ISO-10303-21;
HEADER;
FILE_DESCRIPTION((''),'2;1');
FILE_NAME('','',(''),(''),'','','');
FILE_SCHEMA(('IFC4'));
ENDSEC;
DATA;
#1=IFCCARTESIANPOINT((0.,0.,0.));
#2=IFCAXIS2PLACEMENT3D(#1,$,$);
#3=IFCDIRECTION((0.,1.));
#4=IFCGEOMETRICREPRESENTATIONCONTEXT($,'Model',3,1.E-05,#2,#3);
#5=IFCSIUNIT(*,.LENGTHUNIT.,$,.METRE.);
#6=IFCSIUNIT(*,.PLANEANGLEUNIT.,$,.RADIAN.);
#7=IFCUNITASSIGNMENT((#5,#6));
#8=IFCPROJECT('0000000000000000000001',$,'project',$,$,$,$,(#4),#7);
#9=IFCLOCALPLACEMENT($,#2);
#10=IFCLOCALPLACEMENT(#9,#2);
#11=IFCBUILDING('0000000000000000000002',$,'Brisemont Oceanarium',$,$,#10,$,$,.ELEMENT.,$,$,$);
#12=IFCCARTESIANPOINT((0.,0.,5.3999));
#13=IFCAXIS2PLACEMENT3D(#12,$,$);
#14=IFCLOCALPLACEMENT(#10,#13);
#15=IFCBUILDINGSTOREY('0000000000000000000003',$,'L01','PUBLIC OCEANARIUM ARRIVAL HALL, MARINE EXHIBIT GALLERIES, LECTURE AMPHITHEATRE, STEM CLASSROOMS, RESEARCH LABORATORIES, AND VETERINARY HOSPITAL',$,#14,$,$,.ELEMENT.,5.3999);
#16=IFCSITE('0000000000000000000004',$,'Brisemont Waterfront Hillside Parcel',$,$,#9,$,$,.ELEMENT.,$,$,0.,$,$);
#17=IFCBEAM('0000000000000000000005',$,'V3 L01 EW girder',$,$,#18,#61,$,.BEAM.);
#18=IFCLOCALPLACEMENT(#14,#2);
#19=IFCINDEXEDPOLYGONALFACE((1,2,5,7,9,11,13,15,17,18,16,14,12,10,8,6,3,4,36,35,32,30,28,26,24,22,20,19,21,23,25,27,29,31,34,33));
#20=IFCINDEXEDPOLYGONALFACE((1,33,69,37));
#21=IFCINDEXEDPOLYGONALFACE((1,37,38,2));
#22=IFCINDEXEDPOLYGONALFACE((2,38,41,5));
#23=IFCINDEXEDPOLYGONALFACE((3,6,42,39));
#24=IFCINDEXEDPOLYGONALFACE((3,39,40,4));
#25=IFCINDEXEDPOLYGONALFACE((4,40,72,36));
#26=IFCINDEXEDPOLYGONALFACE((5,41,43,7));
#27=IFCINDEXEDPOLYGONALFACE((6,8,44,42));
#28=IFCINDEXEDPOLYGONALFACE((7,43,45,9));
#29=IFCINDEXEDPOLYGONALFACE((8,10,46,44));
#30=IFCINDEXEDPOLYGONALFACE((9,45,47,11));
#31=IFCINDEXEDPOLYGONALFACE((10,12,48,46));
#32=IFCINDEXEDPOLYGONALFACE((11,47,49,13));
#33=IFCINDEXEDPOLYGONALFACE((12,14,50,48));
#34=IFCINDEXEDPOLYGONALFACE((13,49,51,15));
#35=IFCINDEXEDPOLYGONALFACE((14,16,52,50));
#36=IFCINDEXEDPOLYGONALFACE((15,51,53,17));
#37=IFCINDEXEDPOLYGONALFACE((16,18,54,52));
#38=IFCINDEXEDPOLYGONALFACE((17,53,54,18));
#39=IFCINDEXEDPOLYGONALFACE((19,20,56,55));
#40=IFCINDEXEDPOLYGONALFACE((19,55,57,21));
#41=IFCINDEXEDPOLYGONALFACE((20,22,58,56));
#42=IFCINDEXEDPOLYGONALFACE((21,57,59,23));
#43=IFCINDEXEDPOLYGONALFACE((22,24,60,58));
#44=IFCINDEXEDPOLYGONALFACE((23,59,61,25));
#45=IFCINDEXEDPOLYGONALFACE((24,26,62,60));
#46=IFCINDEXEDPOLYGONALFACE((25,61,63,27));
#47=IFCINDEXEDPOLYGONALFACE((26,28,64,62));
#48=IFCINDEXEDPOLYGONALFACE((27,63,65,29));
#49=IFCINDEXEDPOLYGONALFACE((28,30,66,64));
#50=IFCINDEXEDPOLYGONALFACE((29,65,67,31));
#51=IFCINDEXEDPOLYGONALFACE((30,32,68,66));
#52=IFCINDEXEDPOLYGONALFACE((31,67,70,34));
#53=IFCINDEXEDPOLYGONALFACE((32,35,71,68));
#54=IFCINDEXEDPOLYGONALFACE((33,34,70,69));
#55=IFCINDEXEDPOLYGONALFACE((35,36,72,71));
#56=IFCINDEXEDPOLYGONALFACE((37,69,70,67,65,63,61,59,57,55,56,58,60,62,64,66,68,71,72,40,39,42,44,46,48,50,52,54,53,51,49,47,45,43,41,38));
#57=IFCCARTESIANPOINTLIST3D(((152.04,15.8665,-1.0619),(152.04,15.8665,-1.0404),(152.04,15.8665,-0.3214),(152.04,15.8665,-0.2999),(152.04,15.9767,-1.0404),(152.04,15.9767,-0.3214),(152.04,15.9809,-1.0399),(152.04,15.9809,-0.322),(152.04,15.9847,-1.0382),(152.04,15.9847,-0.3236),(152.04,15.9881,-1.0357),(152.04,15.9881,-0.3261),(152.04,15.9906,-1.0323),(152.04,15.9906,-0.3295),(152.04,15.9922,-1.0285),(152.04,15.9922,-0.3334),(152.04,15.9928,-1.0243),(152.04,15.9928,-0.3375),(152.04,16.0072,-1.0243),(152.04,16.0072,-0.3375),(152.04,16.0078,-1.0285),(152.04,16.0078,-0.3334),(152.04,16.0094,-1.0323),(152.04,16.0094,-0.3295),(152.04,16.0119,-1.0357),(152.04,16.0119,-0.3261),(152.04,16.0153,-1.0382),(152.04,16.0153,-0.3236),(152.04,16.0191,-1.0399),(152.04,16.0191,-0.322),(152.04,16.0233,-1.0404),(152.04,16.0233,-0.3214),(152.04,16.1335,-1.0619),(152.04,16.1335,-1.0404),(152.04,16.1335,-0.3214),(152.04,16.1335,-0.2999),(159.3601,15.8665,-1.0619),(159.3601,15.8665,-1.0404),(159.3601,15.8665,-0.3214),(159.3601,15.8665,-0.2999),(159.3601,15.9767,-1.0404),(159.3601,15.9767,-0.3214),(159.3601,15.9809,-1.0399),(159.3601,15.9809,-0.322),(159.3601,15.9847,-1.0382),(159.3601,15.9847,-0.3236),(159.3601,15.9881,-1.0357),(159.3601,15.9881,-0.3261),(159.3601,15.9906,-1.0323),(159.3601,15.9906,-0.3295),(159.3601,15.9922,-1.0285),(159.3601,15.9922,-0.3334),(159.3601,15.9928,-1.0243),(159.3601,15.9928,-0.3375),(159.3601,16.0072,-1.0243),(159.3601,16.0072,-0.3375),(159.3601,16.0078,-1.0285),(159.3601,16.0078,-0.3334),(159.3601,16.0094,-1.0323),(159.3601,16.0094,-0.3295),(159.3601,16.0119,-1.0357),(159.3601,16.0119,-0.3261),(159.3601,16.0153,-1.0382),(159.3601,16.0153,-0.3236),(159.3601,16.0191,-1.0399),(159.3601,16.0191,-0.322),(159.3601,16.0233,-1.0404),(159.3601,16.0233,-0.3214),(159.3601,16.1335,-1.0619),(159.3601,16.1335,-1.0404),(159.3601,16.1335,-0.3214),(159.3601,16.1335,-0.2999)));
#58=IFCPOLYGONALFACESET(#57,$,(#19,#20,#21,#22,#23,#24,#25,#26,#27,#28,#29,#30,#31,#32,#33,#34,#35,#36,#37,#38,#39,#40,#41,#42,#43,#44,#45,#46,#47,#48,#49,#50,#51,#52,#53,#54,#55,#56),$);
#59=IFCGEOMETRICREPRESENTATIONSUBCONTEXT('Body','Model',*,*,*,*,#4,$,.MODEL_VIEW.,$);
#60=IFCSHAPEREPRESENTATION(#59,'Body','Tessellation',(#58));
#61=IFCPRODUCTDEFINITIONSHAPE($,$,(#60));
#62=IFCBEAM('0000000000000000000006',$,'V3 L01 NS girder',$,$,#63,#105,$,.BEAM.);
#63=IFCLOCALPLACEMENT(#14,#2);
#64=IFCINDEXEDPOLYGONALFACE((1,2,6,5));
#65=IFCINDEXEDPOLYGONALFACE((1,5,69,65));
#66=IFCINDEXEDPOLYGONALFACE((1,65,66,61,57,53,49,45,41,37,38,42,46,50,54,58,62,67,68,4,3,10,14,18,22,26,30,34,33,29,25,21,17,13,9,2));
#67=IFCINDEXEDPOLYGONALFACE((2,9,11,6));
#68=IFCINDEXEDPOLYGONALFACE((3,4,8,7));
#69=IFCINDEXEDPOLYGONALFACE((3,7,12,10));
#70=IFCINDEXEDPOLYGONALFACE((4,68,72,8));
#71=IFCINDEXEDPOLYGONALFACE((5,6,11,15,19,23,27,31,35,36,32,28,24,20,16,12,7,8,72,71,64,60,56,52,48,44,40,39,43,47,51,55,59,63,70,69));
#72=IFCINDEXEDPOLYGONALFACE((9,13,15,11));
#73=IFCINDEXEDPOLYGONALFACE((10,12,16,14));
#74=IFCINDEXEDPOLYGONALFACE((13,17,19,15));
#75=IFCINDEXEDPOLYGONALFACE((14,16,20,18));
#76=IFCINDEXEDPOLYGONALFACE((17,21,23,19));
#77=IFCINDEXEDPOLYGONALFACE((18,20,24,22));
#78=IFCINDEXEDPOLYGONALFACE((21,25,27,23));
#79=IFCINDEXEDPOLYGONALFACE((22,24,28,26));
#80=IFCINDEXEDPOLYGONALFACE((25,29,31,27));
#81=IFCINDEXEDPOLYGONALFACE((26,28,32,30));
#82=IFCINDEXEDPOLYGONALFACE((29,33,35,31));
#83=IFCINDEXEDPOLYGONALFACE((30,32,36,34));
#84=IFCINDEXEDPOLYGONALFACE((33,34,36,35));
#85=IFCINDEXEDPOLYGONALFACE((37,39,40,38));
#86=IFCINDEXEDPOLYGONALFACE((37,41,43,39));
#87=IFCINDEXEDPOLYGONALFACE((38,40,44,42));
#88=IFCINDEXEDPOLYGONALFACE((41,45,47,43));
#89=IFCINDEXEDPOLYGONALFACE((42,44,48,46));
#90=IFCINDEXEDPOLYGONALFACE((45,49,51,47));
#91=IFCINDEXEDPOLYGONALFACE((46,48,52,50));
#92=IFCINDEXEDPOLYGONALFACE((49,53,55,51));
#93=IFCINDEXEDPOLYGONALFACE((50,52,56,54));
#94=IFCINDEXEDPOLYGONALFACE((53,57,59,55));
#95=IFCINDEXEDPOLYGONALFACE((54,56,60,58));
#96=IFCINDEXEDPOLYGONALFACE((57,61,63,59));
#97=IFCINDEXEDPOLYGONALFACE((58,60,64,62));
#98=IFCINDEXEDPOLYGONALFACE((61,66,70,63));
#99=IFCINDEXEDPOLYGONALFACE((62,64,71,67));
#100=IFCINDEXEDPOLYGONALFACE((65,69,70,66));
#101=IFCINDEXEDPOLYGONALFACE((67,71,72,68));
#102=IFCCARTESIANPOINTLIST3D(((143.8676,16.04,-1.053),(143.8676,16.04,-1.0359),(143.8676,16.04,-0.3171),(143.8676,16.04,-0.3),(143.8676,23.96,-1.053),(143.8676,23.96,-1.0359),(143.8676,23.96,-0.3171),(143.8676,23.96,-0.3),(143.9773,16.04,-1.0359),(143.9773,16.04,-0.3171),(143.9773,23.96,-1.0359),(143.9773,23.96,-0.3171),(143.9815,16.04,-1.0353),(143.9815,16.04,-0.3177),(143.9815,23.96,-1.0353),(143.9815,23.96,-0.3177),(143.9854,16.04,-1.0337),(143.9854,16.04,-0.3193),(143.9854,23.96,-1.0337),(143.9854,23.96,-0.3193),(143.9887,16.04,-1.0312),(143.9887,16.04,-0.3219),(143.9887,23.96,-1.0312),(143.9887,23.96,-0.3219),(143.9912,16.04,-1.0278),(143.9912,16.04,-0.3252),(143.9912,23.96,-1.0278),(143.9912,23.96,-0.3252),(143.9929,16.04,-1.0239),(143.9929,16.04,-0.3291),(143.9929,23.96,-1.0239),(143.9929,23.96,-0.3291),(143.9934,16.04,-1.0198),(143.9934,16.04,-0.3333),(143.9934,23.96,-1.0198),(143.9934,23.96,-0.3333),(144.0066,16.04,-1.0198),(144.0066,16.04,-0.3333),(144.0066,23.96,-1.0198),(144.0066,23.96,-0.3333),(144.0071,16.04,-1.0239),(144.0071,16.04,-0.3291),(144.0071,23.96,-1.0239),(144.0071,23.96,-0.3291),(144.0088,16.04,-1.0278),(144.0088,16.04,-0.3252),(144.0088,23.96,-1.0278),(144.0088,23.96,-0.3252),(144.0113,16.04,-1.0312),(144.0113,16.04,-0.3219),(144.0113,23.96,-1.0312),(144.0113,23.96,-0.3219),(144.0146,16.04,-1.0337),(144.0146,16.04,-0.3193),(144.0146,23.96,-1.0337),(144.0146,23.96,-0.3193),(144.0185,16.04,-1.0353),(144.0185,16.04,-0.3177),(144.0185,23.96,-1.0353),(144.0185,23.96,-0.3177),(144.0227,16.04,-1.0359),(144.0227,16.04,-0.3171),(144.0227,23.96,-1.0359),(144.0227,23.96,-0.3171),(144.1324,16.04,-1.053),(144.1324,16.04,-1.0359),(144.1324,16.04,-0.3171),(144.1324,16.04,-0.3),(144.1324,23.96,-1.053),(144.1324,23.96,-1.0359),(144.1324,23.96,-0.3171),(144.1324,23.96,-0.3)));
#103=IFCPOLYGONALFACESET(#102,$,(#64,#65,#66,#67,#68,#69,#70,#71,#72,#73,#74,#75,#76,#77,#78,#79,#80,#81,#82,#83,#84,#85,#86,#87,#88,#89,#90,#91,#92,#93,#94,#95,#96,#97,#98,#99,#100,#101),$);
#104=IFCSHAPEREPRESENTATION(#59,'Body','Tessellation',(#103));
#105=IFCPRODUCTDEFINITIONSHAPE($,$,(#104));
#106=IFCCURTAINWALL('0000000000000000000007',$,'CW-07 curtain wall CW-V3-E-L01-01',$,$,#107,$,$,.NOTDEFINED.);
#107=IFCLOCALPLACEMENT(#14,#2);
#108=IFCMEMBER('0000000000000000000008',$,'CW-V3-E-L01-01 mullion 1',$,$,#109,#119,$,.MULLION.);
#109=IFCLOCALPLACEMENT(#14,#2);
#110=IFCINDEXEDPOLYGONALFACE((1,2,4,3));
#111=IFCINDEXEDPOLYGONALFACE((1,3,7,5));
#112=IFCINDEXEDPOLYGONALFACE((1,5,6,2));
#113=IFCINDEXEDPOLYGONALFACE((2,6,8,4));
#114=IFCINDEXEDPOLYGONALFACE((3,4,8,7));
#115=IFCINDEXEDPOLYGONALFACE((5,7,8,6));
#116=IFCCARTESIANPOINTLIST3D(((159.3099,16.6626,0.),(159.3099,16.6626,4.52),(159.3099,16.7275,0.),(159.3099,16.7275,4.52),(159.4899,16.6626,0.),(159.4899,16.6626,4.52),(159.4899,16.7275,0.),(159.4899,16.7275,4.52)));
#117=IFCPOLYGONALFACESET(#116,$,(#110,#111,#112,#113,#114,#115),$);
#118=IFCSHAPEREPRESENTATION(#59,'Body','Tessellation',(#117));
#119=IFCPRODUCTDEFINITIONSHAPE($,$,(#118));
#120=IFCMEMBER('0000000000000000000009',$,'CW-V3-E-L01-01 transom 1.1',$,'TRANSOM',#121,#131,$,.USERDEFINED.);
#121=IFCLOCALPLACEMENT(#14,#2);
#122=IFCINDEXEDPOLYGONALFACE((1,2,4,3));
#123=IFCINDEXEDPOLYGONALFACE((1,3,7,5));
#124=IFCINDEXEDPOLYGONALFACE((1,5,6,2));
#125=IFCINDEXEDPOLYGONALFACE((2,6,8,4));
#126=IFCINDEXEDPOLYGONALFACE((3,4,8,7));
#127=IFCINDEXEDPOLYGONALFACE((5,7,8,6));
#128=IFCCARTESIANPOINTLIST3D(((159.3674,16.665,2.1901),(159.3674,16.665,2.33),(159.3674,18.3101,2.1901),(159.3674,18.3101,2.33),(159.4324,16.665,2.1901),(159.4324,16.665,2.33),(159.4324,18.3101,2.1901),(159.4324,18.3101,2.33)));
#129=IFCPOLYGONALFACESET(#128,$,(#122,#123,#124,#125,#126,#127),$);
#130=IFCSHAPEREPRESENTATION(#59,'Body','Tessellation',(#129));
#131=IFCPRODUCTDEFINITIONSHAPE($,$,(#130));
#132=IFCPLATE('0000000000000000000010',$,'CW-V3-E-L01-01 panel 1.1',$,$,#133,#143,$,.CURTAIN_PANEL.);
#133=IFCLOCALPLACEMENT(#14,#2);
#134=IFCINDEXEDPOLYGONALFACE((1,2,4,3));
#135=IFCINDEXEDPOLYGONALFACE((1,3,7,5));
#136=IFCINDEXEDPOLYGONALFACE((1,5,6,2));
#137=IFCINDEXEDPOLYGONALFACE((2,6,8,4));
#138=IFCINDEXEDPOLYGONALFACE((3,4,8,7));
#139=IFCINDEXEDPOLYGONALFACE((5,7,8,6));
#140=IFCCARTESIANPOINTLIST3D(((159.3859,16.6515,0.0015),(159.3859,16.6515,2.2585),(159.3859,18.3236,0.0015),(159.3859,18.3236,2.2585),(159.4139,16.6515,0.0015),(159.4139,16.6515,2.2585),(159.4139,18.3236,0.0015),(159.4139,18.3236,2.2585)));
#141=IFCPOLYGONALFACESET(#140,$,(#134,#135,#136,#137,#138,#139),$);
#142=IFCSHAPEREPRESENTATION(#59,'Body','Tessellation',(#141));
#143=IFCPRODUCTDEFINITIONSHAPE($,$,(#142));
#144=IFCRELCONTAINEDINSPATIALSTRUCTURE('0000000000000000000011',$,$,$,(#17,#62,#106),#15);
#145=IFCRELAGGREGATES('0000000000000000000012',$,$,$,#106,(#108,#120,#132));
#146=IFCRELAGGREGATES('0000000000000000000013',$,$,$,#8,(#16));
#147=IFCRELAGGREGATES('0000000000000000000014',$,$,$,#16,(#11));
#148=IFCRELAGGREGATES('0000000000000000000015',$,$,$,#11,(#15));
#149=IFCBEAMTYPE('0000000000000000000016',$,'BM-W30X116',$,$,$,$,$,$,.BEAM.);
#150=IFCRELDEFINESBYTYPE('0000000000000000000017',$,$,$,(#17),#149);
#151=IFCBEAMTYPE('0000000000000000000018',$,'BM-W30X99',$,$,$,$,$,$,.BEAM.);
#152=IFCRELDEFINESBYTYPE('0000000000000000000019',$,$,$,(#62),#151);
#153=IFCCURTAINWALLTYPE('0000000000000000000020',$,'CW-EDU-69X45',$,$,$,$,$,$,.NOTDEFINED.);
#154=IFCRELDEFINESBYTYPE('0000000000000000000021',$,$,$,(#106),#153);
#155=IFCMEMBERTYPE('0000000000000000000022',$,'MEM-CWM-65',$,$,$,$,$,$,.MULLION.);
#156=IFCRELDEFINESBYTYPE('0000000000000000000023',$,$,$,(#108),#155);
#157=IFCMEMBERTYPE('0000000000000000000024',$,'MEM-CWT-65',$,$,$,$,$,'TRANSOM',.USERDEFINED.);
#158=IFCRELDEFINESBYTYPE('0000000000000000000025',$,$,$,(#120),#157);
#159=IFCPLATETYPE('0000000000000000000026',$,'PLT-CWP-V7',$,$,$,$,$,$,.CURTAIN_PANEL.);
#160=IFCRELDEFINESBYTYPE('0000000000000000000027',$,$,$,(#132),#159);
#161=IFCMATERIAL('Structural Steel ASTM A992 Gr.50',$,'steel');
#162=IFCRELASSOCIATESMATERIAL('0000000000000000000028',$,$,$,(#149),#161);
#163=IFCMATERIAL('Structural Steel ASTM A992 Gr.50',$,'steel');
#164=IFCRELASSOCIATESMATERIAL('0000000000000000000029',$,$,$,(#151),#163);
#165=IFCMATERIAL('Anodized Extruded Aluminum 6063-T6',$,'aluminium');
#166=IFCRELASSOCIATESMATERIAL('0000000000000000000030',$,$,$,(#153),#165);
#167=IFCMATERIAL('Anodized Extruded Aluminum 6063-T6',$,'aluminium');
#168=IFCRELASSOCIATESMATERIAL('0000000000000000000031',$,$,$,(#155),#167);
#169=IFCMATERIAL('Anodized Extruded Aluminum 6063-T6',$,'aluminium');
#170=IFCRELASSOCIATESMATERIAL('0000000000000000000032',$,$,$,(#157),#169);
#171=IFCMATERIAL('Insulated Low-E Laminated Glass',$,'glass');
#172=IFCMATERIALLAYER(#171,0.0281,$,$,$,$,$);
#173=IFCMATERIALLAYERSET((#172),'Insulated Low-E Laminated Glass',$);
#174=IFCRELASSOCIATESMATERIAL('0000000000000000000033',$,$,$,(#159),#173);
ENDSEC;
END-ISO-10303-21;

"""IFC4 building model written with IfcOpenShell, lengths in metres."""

from ifc_helpers import new_model, si_unit, direction, frame, origin, origin_2d, place, context, subcontext, project, spatial, rectangle, i_section, extrude, material, layer, layer_set, material_profile, profile_set, type_object, element, aggregate, save


model = new_model("IFC4")

# Units and contexts
model_context = context("Model", 3, precision=1e-05, world=origin(), true_north=direction((0.0, 1.0)))
body_context = subcontext(model_context, "Body", "Model", "MODEL_VIEW")
ifc_project = project(units=[si_unit("LENGTHUNIT", "METRE"), si_unit("PLANEANGLEUNIT", "RADIAN")], contexts=[model_context])

# Site, building, storey
site_placement = place(None, origin())
site = spatial("IfcSite", under=ifc_project, at=site_placement, Name="Brisemont Waterfront Hillside Parcel", CompositionType="ELEMENT", RefElevation=0.0)
building_placement = place(site_placement, origin())
building = spatial("IfcBuilding", under=site, at=building_placement, Name="Brisemont Oceanarium", CompositionType="ELEMENT")
storey_placement = place(building_placement, frame((0.0, 0.0, 5.3999)))
storey = spatial("IfcBuildingStorey", under=building, at=storey_placement, Name="L01", Description="PUBLIC OCEANARIUM ARRIVAL HALL, MARINE EXHIBIT GALLERIES, LECTURE AMPHITHEATRE, STEM CLASSROOMS, RESEARCH LABORATORIES, AND VETERINARY HOSPITAL", CompositionType="ELEMENT", Elevation=5.3999)

# Beams
ifc_material_1 = material(Name="Structural Steel ASTM A992 Gr.50", Category="steel")
ifc_material_profile_1 = material_profile(ifc_material_1, i_section(OverallWidth=0.2671, OverallDepth=0.762, WebThickness=0.0144, FlangeThickness=0.0215, FilletRadius=0.0161, at=origin_2d()), Name="W30X116")
ifc_profile_set_1 = profile_set([ifc_material_profile_1], Name="Structural Steel ASTM A992 Gr.50")
beam_type_1 = type_object("IfcBeamType", Name="BM-W30X116", PredefinedType="BEAM", material=ifc_profile_set_1)
beam_1_placement = place(storey_placement, frame((152.04, 16.0, -0.6809), z_axis=(1.0, 0.0, 0.0), x_axis=(0.0, 1.0, 0.0)))
element("IfcBeam", 1, at=beam_1_placement, inside=storey, type_object=beam_type_1, Name="V3 L01 EW girder", PredefinedType="BEAM", context=body_context, shape_type="SweptSolid", body=[
    extrude(i_section(OverallWidth=0.2671, OverallDepth=0.762, WebThickness=0.0144, FlangeThickness=0.0215, FilletRadius=0.0161, at=origin_2d()), origin(), (0.0, 0.0, 1.0), 7.3201),
])
ifc_material_2 = material(Name="Structural Steel ASTM A992 Gr.50", Category="steel")
ifc_material_profile_2 = material_profile(ifc_material_2, i_section(OverallWidth=0.2649, OverallDepth=0.7529, WebThickness=0.0132, FlangeThickness=0.0171, FilletRadius=0.0161, at=origin_2d()), Name="W30X99")
ifc_profile_set_2 = profile_set([ifc_material_profile_2], Name="Structural Steel ASTM A992 Gr.50")
beam_type_2 = type_object("IfcBeamType", Name="BM-W30X99", PredefinedType="BEAM", material=ifc_profile_set_2)
beam_2_placement = place(storey_placement, frame((144.0, 16.04, -0.6765), z_axis=(0.0, 1.0, 0.0), x_axis=(-1.0, 0.0, 0.0)))
element("IfcBeam", 2, at=beam_2_placement, inside=storey, type_object=beam_type_2, Name="V3 L01 NS girder", PredefinedType="BEAM", context=body_context, shape_type="SweptSolid", body=[
    extrude(i_section(OverallWidth=0.2649, OverallDepth=0.7529, WebThickness=0.0132, FlangeThickness=0.0171, FilletRadius=0.0161, at=origin_2d()), origin(), (0.0, 0.0, 1.0), 7.9199),
])

# Curtain wall, members, plate
ifc_material_3 = material(Name="Anodized Extruded Aluminum 6063-T6", Category="aluminium")
curtain_wall_type = type_object("IfcCurtainWallType", Name="CW-EDU-69X45", PredefinedType="NOTDEFINED", material=ifc_material_3)
curtain_wall_placement = place(storey_placement, origin())
curtain_wall = element("IfcCurtainWall", 3, at=curtain_wall_placement, inside=storey, type_object=curtain_wall_type, Name="CW-07 curtain wall CW-V3-E-L01-01", PredefinedType="NOTDEFINED")
ifc_material_4 = material(Name="Anodized Extruded Aluminum 6063-T6", Category="aluminium")
ifc_material_profile_3 = material_profile(ifc_material_4, rectangle(XDim=0.0649, YDim=0.1799, at=origin_2d()), Name="CWM-65X180")
ifc_profile_set_3 = profile_set([ifc_material_profile_3], Name="Anodized Extruded Aluminum 6063-T6")
member_type_1 = type_object("IfcMemberType", Name="MEM-CWM-65", PredefinedType="MULLION", material=ifc_profile_set_3)
member_1_placement = place(storey_placement, frame((159.3999, 16.6951, 0.0), z_axis=(0.0, 0.0, 1.0), x_axis=(0.0, 1.0, 0.0)))
member_1 = element("IfcMember", 4, at=member_1_placement, type_object=member_type_1, Name="CW-V3-E-L01-01 mullion 1", PredefinedType="MULLION", context=body_context, shape_type="SweptSolid", body=[
    extrude(rectangle(XDim=0.0649, YDim=0.1799, at=origin_2d()), origin(), (0.0, 0.0, 1.0), 4.52),
])
ifc_material_5 = material(Name="Anodized Extruded Aluminum 6063-T6", Category="aluminium")
ifc_material_profile_4 = material_profile(ifc_material_5, rectangle(XDim=0.0649, YDim=0.1399, at=origin_2d()), Name="CWT-65X140")
ifc_profile_set_4 = profile_set([ifc_material_profile_4], Name="Anodized Extruded Aluminum 6063-T6")
member_type_2 = type_object("IfcMemberType", Name="MEM-CWT-65", ElementType="TRANSOM", PredefinedType="USERDEFINED", material=ifc_profile_set_4)
member_2_placement = place(storey_placement, frame((159.3999, 16.665, 2.26), z_axis=(0.0, 1.0, 0.0), x_axis=(-1.0, 0.0, 0.0)))
member_2 = element("IfcMember", 5, at=member_2_placement, type_object=member_type_2, Name="CW-V3-E-L01-01 transom 1.1", ObjectType="TRANSOM", PredefinedType="USERDEFINED", context=body_context, shape_type="SweptSolid", body=[
    extrude(rectangle(XDim=0.0649, YDim=0.1399, at=origin_2d()), origin(), (0.0, 0.0, 1.0), 1.645),
])
ifc_material_6 = material(Name="Insulated Low-E Laminated Glass", Category="glass")
ifc_layer = layer(ifc_material_6, 0.0281)
ifc_layer_set = layer_set([ifc_layer], Name="Insulated Low-E Laminated Glass")
plate_type = type_object("IfcPlateType", Name="PLT-CWP-V7", PredefinedType="CURTAIN_PANEL", material=ifc_layer_set)
plate_placement = place(storey_placement, frame((159.3999, 17.4875, 0.0015), z_axis=(0.0, 0.0, 1.0), x_axis=(0.0, 1.0, 0.0)))
plate = element("IfcPlate", 6, at=plate_placement, type_object=plate_type, Name="CW-V3-E-L01-01 panel 1.1", PredefinedType="CURTAIN_PANEL", context=body_context, shape_type="SweptSolid", body=[
    extrude(rectangle(XDim=1.6721, YDim=0.0281, at=origin_2d()), origin(), (0.0, 0.0, 1.0), 2.2571),
])
aggregate(curtain_wall, [member_1, member_2, plate])

save(model, "model.ifc")
